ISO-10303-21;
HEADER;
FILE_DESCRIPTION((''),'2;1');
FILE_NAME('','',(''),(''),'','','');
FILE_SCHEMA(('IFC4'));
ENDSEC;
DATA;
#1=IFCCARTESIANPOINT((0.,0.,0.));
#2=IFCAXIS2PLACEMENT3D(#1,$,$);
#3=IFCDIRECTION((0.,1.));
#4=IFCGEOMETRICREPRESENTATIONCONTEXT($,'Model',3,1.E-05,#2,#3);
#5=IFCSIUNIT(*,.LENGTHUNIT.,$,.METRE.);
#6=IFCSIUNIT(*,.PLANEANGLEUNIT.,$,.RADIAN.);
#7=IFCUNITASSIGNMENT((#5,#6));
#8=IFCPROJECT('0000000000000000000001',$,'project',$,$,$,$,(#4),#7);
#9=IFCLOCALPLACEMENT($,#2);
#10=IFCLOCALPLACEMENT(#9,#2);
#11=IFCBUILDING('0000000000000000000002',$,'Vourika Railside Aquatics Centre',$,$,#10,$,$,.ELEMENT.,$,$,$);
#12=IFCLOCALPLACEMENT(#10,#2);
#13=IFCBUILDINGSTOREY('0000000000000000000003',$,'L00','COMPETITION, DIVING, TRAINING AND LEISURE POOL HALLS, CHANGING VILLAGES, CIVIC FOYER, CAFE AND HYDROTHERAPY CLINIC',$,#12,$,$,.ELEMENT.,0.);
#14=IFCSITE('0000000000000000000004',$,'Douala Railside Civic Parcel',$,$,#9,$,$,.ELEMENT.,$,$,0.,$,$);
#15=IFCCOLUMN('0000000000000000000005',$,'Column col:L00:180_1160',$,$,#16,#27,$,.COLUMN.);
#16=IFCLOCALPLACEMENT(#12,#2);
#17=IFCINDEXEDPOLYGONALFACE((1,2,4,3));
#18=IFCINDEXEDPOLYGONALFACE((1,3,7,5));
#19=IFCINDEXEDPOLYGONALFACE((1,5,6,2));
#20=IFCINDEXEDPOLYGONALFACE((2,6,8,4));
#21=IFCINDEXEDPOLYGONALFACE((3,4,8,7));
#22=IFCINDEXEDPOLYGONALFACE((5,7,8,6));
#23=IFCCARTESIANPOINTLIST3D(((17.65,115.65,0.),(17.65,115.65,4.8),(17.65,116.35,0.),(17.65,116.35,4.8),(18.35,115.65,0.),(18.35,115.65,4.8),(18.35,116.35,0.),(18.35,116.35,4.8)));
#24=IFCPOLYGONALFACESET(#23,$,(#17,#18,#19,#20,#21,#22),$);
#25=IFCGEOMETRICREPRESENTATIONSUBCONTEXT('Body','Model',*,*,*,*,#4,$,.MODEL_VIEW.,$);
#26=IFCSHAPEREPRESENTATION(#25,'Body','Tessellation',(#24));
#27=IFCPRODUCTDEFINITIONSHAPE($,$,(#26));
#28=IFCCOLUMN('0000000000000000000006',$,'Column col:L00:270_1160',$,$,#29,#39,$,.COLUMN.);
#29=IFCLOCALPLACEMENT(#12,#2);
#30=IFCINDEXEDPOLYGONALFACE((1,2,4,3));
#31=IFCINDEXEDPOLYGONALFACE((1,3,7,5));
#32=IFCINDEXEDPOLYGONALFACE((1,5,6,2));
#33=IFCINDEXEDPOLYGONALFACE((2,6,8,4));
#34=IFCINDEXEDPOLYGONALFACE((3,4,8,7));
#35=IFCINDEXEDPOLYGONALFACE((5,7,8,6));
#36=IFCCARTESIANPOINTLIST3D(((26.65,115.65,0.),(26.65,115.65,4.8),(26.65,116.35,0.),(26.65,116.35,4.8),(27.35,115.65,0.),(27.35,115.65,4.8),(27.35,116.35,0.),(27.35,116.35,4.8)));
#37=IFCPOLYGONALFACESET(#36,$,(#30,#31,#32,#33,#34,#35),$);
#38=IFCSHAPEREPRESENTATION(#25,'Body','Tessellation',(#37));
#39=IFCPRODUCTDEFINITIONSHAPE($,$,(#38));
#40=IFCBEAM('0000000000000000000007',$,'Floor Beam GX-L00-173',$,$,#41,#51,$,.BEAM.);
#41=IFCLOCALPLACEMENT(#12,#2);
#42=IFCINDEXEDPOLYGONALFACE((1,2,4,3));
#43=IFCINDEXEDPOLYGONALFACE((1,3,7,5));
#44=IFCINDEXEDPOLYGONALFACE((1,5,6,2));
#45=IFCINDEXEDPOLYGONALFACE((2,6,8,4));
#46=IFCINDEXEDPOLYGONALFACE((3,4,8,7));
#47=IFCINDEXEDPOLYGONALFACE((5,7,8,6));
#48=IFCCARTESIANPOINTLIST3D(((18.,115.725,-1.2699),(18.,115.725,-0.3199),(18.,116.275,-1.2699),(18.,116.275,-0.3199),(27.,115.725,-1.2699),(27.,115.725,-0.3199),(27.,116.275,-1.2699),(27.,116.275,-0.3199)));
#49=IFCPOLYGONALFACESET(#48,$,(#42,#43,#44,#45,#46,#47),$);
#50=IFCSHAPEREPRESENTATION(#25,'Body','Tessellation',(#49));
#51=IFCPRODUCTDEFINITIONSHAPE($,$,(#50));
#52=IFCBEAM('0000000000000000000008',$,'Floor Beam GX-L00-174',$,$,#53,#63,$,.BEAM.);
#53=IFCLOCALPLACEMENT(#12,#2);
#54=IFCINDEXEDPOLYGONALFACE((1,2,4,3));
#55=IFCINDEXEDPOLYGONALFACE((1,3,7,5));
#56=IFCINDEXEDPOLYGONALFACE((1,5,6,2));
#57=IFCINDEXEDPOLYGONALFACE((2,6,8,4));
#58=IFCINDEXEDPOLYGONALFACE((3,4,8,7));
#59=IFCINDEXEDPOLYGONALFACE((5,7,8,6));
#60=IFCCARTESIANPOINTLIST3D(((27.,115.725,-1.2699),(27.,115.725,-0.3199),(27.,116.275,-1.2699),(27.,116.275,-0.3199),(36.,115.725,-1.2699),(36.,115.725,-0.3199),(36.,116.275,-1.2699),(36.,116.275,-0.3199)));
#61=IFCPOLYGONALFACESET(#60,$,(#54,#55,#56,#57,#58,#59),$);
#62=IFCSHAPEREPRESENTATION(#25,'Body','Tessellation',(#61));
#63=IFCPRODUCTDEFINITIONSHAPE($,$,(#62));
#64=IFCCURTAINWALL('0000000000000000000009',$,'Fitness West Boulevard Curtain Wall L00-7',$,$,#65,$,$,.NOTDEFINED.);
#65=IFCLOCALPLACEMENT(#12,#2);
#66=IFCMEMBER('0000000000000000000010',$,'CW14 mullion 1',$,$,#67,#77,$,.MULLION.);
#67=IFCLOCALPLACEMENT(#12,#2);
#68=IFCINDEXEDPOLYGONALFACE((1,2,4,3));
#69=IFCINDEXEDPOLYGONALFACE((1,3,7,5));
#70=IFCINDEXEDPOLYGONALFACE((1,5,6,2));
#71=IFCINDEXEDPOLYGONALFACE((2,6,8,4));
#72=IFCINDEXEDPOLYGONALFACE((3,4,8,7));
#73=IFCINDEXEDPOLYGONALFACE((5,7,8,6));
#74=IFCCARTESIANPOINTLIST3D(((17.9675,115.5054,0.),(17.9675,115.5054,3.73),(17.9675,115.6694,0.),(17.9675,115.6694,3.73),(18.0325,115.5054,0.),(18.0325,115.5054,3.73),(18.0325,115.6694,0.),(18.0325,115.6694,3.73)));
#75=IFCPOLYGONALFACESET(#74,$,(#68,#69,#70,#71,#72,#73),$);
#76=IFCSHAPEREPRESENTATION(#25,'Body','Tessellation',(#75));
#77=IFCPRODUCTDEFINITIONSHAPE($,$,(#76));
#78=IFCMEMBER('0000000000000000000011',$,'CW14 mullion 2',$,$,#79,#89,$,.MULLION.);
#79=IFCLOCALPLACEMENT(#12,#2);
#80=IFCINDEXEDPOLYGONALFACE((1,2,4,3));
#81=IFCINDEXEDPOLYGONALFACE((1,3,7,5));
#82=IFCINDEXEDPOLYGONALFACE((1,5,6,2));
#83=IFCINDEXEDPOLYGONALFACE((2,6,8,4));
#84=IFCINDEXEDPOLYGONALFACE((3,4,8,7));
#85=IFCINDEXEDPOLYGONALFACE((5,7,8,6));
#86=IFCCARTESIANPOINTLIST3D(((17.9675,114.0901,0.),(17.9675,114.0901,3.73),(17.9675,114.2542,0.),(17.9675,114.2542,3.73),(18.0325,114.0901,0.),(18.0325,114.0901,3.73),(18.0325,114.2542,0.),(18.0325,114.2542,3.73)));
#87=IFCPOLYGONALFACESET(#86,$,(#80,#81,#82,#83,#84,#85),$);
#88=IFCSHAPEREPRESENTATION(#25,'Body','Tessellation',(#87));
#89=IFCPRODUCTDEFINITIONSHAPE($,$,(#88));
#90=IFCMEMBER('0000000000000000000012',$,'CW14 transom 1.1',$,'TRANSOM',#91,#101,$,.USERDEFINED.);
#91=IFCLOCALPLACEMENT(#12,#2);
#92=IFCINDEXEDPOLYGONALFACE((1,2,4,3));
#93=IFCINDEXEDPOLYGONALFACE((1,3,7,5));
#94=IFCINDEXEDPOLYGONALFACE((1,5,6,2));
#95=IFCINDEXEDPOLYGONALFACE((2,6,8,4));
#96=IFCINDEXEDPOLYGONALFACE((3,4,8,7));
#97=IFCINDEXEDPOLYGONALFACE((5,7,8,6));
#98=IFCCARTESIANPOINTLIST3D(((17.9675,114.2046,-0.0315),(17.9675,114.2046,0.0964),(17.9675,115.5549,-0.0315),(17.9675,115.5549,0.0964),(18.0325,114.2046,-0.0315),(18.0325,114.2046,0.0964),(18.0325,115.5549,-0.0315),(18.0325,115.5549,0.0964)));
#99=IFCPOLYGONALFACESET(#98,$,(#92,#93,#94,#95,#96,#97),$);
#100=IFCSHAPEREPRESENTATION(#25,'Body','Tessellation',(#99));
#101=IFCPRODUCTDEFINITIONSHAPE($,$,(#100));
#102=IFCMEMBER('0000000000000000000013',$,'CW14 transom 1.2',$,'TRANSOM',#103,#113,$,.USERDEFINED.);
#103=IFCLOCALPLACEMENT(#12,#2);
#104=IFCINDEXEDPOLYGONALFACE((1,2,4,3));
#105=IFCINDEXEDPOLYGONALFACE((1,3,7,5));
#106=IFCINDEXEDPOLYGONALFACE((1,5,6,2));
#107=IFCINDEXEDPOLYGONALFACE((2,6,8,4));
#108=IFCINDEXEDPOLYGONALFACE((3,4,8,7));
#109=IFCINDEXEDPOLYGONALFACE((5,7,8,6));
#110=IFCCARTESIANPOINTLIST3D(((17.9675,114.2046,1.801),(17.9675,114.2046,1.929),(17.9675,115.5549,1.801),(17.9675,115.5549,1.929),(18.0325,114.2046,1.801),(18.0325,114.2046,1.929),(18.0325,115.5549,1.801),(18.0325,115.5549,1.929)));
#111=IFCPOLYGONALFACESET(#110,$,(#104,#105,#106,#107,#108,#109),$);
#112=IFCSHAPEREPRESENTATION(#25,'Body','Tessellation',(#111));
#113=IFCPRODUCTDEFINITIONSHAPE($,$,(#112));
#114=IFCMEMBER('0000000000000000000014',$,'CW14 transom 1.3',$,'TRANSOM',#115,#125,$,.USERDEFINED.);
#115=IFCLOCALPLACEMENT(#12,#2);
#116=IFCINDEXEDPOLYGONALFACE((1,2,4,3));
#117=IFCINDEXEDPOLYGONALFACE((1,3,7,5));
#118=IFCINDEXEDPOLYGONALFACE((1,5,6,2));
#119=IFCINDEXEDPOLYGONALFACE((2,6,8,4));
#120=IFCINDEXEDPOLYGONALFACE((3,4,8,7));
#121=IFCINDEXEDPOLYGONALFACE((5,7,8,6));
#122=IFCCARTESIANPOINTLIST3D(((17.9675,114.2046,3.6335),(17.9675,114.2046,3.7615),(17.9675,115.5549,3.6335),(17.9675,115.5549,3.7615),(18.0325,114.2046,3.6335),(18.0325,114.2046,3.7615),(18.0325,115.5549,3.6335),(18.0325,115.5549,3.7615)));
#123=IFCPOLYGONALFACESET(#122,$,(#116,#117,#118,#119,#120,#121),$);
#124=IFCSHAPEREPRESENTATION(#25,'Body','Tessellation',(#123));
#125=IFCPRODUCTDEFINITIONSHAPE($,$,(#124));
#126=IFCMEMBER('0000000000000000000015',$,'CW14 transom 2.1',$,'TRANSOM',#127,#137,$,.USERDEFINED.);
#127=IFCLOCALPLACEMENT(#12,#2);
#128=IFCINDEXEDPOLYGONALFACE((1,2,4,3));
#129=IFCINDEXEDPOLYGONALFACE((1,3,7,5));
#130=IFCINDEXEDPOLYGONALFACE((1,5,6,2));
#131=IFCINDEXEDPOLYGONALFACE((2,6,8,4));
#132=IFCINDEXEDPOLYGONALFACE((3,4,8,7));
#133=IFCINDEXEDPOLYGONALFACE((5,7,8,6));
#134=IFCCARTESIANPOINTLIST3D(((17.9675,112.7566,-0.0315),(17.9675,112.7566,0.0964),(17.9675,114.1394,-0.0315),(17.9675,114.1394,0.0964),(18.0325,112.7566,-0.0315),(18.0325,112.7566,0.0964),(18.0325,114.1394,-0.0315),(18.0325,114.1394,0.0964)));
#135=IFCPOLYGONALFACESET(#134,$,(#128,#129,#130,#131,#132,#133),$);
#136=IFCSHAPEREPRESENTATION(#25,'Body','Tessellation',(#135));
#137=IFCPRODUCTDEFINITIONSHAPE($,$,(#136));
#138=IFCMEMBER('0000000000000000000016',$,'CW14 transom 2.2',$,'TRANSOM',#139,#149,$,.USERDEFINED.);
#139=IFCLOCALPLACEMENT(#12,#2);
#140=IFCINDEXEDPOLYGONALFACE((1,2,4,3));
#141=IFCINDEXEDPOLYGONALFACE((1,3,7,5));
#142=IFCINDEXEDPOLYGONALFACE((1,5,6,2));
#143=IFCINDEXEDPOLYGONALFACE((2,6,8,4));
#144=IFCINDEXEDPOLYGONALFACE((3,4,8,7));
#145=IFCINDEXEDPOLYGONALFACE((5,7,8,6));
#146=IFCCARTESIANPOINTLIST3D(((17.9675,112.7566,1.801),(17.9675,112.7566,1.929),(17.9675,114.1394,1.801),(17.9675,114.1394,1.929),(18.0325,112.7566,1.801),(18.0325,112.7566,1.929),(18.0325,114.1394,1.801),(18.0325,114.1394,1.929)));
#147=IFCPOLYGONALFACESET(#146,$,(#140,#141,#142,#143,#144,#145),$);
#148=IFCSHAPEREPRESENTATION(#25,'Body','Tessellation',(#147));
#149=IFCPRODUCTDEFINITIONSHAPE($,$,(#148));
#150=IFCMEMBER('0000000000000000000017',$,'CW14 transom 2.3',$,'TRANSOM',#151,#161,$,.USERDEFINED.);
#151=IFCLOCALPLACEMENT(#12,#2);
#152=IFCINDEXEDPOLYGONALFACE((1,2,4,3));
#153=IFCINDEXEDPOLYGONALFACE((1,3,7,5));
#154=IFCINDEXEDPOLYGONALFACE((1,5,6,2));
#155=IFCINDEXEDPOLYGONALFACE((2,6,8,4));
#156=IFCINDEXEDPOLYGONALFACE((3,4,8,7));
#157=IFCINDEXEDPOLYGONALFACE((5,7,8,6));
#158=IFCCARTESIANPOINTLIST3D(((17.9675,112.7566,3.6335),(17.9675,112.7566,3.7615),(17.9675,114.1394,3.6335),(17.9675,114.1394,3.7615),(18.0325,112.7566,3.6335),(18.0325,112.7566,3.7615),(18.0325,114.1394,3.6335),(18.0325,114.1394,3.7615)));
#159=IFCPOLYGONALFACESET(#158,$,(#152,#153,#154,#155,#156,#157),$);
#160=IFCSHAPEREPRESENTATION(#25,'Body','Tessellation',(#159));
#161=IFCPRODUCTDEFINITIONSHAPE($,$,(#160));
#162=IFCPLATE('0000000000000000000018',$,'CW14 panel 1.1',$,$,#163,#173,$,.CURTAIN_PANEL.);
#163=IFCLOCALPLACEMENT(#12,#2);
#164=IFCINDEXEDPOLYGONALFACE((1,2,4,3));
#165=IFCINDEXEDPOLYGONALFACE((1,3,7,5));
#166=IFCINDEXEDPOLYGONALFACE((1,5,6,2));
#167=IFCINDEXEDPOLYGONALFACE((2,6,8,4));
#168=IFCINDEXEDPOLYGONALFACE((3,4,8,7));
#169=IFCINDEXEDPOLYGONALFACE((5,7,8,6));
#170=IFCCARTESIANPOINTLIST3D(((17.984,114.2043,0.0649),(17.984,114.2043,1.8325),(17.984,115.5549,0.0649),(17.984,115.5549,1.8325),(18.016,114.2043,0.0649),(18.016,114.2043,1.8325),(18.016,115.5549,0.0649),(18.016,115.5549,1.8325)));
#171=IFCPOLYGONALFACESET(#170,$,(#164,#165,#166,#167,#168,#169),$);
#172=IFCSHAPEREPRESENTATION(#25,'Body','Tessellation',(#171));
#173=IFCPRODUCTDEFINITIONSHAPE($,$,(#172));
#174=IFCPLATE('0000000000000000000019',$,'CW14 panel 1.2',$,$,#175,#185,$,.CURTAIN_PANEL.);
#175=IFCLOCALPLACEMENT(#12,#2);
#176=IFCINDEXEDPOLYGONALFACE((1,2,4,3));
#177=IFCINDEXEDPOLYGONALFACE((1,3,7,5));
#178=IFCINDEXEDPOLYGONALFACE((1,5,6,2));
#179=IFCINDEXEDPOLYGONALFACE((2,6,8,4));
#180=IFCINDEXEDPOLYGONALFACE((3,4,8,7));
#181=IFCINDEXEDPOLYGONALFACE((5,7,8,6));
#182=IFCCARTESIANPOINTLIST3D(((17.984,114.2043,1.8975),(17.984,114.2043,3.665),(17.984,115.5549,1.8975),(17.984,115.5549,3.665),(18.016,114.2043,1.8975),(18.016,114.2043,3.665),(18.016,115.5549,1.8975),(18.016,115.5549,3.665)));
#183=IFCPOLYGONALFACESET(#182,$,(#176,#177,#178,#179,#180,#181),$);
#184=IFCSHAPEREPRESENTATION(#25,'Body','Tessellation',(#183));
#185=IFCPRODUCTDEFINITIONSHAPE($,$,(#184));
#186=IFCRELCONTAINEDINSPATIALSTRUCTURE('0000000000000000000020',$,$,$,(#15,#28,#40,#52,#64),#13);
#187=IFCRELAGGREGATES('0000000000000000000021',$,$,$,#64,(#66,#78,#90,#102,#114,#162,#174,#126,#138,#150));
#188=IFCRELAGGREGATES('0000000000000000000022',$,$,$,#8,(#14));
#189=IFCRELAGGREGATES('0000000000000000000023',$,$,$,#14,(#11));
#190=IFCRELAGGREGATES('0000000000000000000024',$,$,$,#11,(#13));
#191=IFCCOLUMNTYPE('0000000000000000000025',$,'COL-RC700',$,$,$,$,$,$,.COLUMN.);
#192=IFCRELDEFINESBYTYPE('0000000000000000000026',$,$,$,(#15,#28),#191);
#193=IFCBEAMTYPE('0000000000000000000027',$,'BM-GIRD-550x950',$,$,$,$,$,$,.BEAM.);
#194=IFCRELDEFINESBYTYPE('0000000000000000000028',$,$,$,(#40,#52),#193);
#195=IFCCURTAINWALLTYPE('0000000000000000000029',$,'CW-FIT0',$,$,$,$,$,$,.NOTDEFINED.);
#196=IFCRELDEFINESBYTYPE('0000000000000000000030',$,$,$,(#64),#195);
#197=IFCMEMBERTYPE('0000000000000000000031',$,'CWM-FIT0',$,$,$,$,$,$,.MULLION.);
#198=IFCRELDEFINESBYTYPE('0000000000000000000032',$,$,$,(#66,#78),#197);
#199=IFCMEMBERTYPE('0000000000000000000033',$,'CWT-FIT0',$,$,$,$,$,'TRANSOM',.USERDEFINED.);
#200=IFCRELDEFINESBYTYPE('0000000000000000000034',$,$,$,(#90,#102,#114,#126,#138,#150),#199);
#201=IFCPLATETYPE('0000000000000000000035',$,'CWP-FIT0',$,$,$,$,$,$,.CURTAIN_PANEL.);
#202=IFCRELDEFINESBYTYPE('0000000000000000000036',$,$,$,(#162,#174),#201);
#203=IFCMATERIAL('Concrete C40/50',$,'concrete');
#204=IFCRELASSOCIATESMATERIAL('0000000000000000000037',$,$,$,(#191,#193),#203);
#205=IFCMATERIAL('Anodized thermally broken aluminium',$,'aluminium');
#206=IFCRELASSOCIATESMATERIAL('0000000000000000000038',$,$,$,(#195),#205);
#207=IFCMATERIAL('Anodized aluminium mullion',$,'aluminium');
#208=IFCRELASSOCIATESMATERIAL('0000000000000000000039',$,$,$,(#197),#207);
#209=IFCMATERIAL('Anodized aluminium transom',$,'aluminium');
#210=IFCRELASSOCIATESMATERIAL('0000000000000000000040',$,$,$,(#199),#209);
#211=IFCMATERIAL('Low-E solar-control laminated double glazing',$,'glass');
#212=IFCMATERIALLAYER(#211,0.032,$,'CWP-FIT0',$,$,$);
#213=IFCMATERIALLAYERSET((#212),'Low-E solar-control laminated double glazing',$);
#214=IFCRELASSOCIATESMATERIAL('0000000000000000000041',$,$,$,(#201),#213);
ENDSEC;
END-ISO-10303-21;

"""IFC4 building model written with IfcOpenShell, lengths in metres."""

from ifc_helpers import new_model, si_unit, direction, frame, origin, origin_2d, place, context, subcontext, project, spatial, rectangle, extrude, material, layer, layer_set, material_profile, profile_set, type_object, element, aggregate, save


model = new_model("IFC4")

# Units and contexts
model_context = context("Model", 3, precision=1e-05, world=origin(), true_north=direction((0.0, 1.0)))
body_context = subcontext(model_context, "Body", "Model", "MODEL_VIEW")
ifc_project = project(units=[si_unit("LENGTHUNIT", "METRE"), si_unit("PLANEANGLEUNIT", "RADIAN")], contexts=[model_context])

# Site, building, storey
site_placement = place(None, origin())
site = spatial("IfcSite", under=ifc_project, at=site_placement, Name="Douala Railside Civic Parcel", CompositionType="ELEMENT", RefElevation=0.0)
building_placement = place(site_placement, origin())
building = spatial("IfcBuilding", under=site, at=building_placement, Name="Vourika Railside Aquatics Centre", CompositionType="ELEMENT")
storey_placement = place(building_placement, origin())
storey = spatial("IfcBuildingStorey", under=building, at=storey_placement, Name="L00", Description="COMPETITION, DIVING, TRAINING AND LEISURE POOL HALLS, CHANGING VILLAGES, CIVIC FOYER, CAFE AND HYDROTHERAPY CLINIC", CompositionType="ELEMENT", Elevation=0.0)

# Columns
ifc_material_1 = material(Name="Concrete C40/50", Category="concrete")
ifc_material_profile_1 = material_profile(ifc_material_1, rectangle(XDim=0.7, YDim=0.7, at=origin_2d()), Name="RC 700x700")
ifc_profile_set_1 = profile_set([ifc_material_profile_1], Name="Concrete C40/50")
column_type = type_object("IfcColumnType", Name="COL-RC700", PredefinedType="COLUMN", material=ifc_profile_set_1)
for number, where, z_axis, x_axis, name in (
    (1, (18.0, 116.0, 0.0), (0.0, 0.0, 1.0), (1.0, 0.0, 0.0), "Column col:L00:180_1160"),
    (2, (27.0, 116.0, 0.0), (0.0, 0.0, 1.0), (1.0, 0.0, 0.0), "Column col:L00:270_1160"),
):
    element("IfcColumn", number, at=place(storey_placement, frame(where, z_axis=z_axis, x_axis=x_axis)), inside=storey, type_object=column_type, Name=name, PredefinedType="COLUMN", context=body_context, shape_type="SweptSolid", body=[
        extrude(rectangle(XDim=0.7, YDim=0.7, at=origin_2d()), origin(), (0.0, 0.0, 1.0), 4.8),
    ])

# Beams
ifc_material_profile_2 = material_profile(ifc_material_1, rectangle(XDim=0.55, YDim=0.95, at=origin_2d()), Name="RC 550x950")
ifc_profile_set_2 = profile_set([ifc_material_profile_2], Name="Concrete C40/50")
beam_type = type_object("IfcBeamType", Name="BM-GIRD-550x950", PredefinedType="BEAM", material=ifc_profile_set_2)
for number, where, z_axis, x_axis, name in (
    (3, (18.0, 116.0, -0.7949), (1.0, 0.0, 0.0), (0.0, 1.0, 0.0), "Floor Beam GX-L00-173"),
    (4, (27.0, 116.0, -0.7949), (1.0, 0.0, 0.0), (0.0, 1.0, 0.0), "Floor Beam GX-L00-174"),
):
    element("IfcBeam", number, at=place(storey_placement, frame(where, z_axis=z_axis, x_axis=x_axis)), inside=storey, type_object=beam_type, Name=name, PredefinedType="BEAM", context=body_context, shape_type="SweptSolid", body=[
        extrude(rectangle(XDim=0.55, YDim=0.95, at=origin_2d()), origin(), (0.0, 0.0, 1.0), 9.0),
    ])

# Curtain wall, members, plates
ifc_material_2 = material(Name="Anodized thermally broken aluminium", Category="aluminium")
curtain_wall_type = type_object("IfcCurtainWallType", Name="CW-FIT0", PredefinedType="NOTDEFINED", material=ifc_material_2)
curtain_wall_placement = place(storey_placement, origin())
curtain_wall = element("IfcCurtainWall", 5, at=curtain_wall_placement, inside=storey, type_object=curtain_wall_type, Name="Fitness West Boulevard Curtain Wall L00-7", PredefinedType="NOTDEFINED")
ifc_material_3 = material(Name="Anodized aluminium mullion", Category="aluminium")
ifc_material_profile_3 = material_profile(ifc_material_3, rectangle(XDim=0.0649, YDim=0.1641, at=origin_2d()), Name="ALU-M 65x164")
ifc_profile_set_3 = profile_set([ifc_material_profile_3], Name="Anodized aluminium mullion")
member_type_1 = type_object("IfcMemberType", Name="CWM-FIT0", PredefinedType="MULLION", material=ifc_profile_set_3)
member_1_placement = place(storey_placement, frame((18.0, 115.5874, 0.0), z_axis=(0.0, 0.0, 1.0), x_axis=(1.0, 0.0, 0.0)))
member_1 = element("IfcMember", 6, at=member_1_placement, type_object=member_type_1, Name="CW14 mullion 1", PredefinedType="MULLION", context=body_context, shape_type="SweptSolid", body=[
    extrude(rectangle(XDim=0.0649, YDim=0.1641, at=origin_2d()), origin(), (0.0, 0.0, 1.0), 3.73),
])
member_2_placement = place(storey_placement, frame((18.0, 114.1721, 0.0), z_axis=(0.0, 0.0, 1.0), x_axis=(1.0, 0.0, 0.0)))
member_2 = element("IfcMember", 7, at=member_2_placement, type_object=member_type_1, Name="CW14 mullion 2", PredefinedType="MULLION", context=body_context, shape_type="SweptSolid", body=[
    extrude(rectangle(XDim=0.0649, YDim=0.1641, at=origin_2d()), origin(), (0.0, 0.0, 1.0), 3.73),
])
ifc_material_4 = material(Name="Anodized aluminium transom", Category="aluminium")
ifc_material_profile_4 = material_profile(ifc_material_4, rectangle(XDim=0.0649, YDim=0.1279, at=origin_2d()), Name="ALU-T 65x128")
ifc_profile_set_4 = profile_set([ifc_material_profile_4], Name="Anodized aluminium transom")
member_type_2 = type_object("IfcMemberType", Name="CWT-FIT0", ElementType="TRANSOM", PredefinedType="USERDEFINED", material=ifc_profile_set_4)
member_3_placement = place(storey_placement, frame((18.0, 115.5549, 0.0325), z_axis=(0.0, -1.0, 0.0), x_axis=(1.0, 0.0, 0.0)))
member_3 = element("IfcMember", 8, at=member_3_placement, type_object=member_type_2, Name="CW14 transom 1.1", ObjectType="TRANSOM", PredefinedType="USERDEFINED", context=body_context, shape_type="SweptSolid", body=[
    extrude(rectangle(XDim=0.0649, YDim=0.1279, at=origin_2d()), origin(), (0.0, 0.0, 1.0), 1.3503),
])
member_4_placement = place(storey_placement, frame((18.0, 115.5549, 1.865), z_axis=(0.0, -1.0, 0.0), x_axis=(1.0, 0.0, 0.0)))
member_4 = element("IfcMember", 9, at=member_4_placement, type_object=member_type_2, Name="CW14 transom 1.2", ObjectType="TRANSOM", PredefinedType="USERDEFINED", context=body_context, shape_type="SweptSolid", body=[
    extrude(rectangle(XDim=0.0649, YDim=0.1279, at=origin_2d()), origin(), (0.0, 0.0, 1.0), 1.3503),
])
member_5_placement = place(storey_placement, frame((18.0, 115.5549, 3.6975), z_axis=(0.0, -1.0, 0.0), x_axis=(1.0, 0.0, 0.0)))
member_5 = element("IfcMember", 10, at=member_5_placement, type_object=member_type_2, Name="CW14 transom 1.3", ObjectType="TRANSOM", PredefinedType="USERDEFINED", context=body_context, shape_type="SweptSolid", body=[
    extrude(rectangle(XDim=0.0649, YDim=0.1279, at=origin_2d()), origin(), (0.0, 0.0, 1.0), 1.3503),
])
member_6_placement = place(storey_placement, frame((18.0, 114.1394, 0.0325), z_axis=(0.0, -1.0, 0.0), x_axis=(1.0, 0.0, 0.0)))
member_6 = element("IfcMember", 11, at=member_6_placement, type_object=member_type_2, Name="CW14 transom 2.1", ObjectType="TRANSOM", PredefinedType="USERDEFINED", context=body_context, shape_type="SweptSolid", body=[
    extrude(rectangle(XDim=0.0649, YDim=0.1279, at=origin_2d()), origin(), (0.0, 0.0, 1.0), 1.3828),
])
member_7_placement = place(storey_placement, frame((18.0, 114.1394, 1.865), z_axis=(0.0, -1.0, 0.0), x_axis=(1.0, 0.0, 0.0)))
member_7 = element("IfcMember", 12, at=member_7_placement, type_object=member_type_2, Name="CW14 transom 2.2", ObjectType="TRANSOM", PredefinedType="USERDEFINED", context=body_context, shape_type="SweptSolid", body=[
    extrude(rectangle(XDim=0.0649, YDim=0.1279, at=origin_2d()), origin(), (0.0, 0.0, 1.0), 1.3828),
])
member_8_placement = place(storey_placement, frame((18.0, 114.1394, 3.6975), z_axis=(0.0, -1.0, 0.0), x_axis=(1.0, 0.0, 0.0)))
member_8 = element("IfcMember", 13, at=member_8_placement, type_object=member_type_2, Name="CW14 transom 2.3", ObjectType="TRANSOM", PredefinedType="USERDEFINED", context=body_context, shape_type="SweptSolid", body=[
    extrude(rectangle(XDim=0.0649, YDim=0.1279, at=origin_2d()), origin(), (0.0, 0.0, 1.0), 1.3828),
])
ifc_material_5 = material(Name="Low-E solar-control laminated double glazing", Category="glass")
ifc_layer_1 = layer(ifc_material_5, 0.032, Name="CWP-FIT0")
ifc_layer_set_1 = layer_set([ifc_layer_1], Name="Low-E solar-control laminated double glazing")
plate_type = type_object("IfcPlateType", Name="CWP-FIT0", PredefinedType="CURTAIN_PANEL", material=ifc_layer_set_1)
plate_1_placement = place(storey_placement, frame((18.0, 114.8796, 0.0649), z_axis=(0.0, 0.0, 1.0), x_axis=(0.0, -1.0, 0.0)))
plate_1 = element("IfcPlate", 14, at=plate_1_placement, type_object=plate_type, Name="CW14 panel 1.1", PredefinedType="CURTAIN_PANEL", context=body_context, shape_type="SweptSolid", body=[
    extrude(rectangle(XDim=1.3506, YDim=0.032, at=origin_2d()), origin(), (0.0, 0.0, 1.0), 1.7676),
])
plate_2_placement = place(storey_placement, frame((18.0, 114.8796, 1.8975), z_axis=(0.0, 0.0, 1.0), x_axis=(0.0, -1.0, 0.0)))
plate_2 = element("IfcPlate", 15, at=plate_2_placement, type_object=plate_type, Name="CW14 panel 1.2", PredefinedType="CURTAIN_PANEL", context=body_context, shape_type="SweptSolid", body=[
    extrude(rectangle(XDim=1.3506, YDim=0.032, at=origin_2d()), origin(), (0.0, 0.0, 1.0), 1.7676),
])
aggregate(curtain_wall, [member_1, member_2, member_3, member_4, member_5, plate_1, plate_2, member_6, member_7, member_8])

save(model, "model.ifc")
